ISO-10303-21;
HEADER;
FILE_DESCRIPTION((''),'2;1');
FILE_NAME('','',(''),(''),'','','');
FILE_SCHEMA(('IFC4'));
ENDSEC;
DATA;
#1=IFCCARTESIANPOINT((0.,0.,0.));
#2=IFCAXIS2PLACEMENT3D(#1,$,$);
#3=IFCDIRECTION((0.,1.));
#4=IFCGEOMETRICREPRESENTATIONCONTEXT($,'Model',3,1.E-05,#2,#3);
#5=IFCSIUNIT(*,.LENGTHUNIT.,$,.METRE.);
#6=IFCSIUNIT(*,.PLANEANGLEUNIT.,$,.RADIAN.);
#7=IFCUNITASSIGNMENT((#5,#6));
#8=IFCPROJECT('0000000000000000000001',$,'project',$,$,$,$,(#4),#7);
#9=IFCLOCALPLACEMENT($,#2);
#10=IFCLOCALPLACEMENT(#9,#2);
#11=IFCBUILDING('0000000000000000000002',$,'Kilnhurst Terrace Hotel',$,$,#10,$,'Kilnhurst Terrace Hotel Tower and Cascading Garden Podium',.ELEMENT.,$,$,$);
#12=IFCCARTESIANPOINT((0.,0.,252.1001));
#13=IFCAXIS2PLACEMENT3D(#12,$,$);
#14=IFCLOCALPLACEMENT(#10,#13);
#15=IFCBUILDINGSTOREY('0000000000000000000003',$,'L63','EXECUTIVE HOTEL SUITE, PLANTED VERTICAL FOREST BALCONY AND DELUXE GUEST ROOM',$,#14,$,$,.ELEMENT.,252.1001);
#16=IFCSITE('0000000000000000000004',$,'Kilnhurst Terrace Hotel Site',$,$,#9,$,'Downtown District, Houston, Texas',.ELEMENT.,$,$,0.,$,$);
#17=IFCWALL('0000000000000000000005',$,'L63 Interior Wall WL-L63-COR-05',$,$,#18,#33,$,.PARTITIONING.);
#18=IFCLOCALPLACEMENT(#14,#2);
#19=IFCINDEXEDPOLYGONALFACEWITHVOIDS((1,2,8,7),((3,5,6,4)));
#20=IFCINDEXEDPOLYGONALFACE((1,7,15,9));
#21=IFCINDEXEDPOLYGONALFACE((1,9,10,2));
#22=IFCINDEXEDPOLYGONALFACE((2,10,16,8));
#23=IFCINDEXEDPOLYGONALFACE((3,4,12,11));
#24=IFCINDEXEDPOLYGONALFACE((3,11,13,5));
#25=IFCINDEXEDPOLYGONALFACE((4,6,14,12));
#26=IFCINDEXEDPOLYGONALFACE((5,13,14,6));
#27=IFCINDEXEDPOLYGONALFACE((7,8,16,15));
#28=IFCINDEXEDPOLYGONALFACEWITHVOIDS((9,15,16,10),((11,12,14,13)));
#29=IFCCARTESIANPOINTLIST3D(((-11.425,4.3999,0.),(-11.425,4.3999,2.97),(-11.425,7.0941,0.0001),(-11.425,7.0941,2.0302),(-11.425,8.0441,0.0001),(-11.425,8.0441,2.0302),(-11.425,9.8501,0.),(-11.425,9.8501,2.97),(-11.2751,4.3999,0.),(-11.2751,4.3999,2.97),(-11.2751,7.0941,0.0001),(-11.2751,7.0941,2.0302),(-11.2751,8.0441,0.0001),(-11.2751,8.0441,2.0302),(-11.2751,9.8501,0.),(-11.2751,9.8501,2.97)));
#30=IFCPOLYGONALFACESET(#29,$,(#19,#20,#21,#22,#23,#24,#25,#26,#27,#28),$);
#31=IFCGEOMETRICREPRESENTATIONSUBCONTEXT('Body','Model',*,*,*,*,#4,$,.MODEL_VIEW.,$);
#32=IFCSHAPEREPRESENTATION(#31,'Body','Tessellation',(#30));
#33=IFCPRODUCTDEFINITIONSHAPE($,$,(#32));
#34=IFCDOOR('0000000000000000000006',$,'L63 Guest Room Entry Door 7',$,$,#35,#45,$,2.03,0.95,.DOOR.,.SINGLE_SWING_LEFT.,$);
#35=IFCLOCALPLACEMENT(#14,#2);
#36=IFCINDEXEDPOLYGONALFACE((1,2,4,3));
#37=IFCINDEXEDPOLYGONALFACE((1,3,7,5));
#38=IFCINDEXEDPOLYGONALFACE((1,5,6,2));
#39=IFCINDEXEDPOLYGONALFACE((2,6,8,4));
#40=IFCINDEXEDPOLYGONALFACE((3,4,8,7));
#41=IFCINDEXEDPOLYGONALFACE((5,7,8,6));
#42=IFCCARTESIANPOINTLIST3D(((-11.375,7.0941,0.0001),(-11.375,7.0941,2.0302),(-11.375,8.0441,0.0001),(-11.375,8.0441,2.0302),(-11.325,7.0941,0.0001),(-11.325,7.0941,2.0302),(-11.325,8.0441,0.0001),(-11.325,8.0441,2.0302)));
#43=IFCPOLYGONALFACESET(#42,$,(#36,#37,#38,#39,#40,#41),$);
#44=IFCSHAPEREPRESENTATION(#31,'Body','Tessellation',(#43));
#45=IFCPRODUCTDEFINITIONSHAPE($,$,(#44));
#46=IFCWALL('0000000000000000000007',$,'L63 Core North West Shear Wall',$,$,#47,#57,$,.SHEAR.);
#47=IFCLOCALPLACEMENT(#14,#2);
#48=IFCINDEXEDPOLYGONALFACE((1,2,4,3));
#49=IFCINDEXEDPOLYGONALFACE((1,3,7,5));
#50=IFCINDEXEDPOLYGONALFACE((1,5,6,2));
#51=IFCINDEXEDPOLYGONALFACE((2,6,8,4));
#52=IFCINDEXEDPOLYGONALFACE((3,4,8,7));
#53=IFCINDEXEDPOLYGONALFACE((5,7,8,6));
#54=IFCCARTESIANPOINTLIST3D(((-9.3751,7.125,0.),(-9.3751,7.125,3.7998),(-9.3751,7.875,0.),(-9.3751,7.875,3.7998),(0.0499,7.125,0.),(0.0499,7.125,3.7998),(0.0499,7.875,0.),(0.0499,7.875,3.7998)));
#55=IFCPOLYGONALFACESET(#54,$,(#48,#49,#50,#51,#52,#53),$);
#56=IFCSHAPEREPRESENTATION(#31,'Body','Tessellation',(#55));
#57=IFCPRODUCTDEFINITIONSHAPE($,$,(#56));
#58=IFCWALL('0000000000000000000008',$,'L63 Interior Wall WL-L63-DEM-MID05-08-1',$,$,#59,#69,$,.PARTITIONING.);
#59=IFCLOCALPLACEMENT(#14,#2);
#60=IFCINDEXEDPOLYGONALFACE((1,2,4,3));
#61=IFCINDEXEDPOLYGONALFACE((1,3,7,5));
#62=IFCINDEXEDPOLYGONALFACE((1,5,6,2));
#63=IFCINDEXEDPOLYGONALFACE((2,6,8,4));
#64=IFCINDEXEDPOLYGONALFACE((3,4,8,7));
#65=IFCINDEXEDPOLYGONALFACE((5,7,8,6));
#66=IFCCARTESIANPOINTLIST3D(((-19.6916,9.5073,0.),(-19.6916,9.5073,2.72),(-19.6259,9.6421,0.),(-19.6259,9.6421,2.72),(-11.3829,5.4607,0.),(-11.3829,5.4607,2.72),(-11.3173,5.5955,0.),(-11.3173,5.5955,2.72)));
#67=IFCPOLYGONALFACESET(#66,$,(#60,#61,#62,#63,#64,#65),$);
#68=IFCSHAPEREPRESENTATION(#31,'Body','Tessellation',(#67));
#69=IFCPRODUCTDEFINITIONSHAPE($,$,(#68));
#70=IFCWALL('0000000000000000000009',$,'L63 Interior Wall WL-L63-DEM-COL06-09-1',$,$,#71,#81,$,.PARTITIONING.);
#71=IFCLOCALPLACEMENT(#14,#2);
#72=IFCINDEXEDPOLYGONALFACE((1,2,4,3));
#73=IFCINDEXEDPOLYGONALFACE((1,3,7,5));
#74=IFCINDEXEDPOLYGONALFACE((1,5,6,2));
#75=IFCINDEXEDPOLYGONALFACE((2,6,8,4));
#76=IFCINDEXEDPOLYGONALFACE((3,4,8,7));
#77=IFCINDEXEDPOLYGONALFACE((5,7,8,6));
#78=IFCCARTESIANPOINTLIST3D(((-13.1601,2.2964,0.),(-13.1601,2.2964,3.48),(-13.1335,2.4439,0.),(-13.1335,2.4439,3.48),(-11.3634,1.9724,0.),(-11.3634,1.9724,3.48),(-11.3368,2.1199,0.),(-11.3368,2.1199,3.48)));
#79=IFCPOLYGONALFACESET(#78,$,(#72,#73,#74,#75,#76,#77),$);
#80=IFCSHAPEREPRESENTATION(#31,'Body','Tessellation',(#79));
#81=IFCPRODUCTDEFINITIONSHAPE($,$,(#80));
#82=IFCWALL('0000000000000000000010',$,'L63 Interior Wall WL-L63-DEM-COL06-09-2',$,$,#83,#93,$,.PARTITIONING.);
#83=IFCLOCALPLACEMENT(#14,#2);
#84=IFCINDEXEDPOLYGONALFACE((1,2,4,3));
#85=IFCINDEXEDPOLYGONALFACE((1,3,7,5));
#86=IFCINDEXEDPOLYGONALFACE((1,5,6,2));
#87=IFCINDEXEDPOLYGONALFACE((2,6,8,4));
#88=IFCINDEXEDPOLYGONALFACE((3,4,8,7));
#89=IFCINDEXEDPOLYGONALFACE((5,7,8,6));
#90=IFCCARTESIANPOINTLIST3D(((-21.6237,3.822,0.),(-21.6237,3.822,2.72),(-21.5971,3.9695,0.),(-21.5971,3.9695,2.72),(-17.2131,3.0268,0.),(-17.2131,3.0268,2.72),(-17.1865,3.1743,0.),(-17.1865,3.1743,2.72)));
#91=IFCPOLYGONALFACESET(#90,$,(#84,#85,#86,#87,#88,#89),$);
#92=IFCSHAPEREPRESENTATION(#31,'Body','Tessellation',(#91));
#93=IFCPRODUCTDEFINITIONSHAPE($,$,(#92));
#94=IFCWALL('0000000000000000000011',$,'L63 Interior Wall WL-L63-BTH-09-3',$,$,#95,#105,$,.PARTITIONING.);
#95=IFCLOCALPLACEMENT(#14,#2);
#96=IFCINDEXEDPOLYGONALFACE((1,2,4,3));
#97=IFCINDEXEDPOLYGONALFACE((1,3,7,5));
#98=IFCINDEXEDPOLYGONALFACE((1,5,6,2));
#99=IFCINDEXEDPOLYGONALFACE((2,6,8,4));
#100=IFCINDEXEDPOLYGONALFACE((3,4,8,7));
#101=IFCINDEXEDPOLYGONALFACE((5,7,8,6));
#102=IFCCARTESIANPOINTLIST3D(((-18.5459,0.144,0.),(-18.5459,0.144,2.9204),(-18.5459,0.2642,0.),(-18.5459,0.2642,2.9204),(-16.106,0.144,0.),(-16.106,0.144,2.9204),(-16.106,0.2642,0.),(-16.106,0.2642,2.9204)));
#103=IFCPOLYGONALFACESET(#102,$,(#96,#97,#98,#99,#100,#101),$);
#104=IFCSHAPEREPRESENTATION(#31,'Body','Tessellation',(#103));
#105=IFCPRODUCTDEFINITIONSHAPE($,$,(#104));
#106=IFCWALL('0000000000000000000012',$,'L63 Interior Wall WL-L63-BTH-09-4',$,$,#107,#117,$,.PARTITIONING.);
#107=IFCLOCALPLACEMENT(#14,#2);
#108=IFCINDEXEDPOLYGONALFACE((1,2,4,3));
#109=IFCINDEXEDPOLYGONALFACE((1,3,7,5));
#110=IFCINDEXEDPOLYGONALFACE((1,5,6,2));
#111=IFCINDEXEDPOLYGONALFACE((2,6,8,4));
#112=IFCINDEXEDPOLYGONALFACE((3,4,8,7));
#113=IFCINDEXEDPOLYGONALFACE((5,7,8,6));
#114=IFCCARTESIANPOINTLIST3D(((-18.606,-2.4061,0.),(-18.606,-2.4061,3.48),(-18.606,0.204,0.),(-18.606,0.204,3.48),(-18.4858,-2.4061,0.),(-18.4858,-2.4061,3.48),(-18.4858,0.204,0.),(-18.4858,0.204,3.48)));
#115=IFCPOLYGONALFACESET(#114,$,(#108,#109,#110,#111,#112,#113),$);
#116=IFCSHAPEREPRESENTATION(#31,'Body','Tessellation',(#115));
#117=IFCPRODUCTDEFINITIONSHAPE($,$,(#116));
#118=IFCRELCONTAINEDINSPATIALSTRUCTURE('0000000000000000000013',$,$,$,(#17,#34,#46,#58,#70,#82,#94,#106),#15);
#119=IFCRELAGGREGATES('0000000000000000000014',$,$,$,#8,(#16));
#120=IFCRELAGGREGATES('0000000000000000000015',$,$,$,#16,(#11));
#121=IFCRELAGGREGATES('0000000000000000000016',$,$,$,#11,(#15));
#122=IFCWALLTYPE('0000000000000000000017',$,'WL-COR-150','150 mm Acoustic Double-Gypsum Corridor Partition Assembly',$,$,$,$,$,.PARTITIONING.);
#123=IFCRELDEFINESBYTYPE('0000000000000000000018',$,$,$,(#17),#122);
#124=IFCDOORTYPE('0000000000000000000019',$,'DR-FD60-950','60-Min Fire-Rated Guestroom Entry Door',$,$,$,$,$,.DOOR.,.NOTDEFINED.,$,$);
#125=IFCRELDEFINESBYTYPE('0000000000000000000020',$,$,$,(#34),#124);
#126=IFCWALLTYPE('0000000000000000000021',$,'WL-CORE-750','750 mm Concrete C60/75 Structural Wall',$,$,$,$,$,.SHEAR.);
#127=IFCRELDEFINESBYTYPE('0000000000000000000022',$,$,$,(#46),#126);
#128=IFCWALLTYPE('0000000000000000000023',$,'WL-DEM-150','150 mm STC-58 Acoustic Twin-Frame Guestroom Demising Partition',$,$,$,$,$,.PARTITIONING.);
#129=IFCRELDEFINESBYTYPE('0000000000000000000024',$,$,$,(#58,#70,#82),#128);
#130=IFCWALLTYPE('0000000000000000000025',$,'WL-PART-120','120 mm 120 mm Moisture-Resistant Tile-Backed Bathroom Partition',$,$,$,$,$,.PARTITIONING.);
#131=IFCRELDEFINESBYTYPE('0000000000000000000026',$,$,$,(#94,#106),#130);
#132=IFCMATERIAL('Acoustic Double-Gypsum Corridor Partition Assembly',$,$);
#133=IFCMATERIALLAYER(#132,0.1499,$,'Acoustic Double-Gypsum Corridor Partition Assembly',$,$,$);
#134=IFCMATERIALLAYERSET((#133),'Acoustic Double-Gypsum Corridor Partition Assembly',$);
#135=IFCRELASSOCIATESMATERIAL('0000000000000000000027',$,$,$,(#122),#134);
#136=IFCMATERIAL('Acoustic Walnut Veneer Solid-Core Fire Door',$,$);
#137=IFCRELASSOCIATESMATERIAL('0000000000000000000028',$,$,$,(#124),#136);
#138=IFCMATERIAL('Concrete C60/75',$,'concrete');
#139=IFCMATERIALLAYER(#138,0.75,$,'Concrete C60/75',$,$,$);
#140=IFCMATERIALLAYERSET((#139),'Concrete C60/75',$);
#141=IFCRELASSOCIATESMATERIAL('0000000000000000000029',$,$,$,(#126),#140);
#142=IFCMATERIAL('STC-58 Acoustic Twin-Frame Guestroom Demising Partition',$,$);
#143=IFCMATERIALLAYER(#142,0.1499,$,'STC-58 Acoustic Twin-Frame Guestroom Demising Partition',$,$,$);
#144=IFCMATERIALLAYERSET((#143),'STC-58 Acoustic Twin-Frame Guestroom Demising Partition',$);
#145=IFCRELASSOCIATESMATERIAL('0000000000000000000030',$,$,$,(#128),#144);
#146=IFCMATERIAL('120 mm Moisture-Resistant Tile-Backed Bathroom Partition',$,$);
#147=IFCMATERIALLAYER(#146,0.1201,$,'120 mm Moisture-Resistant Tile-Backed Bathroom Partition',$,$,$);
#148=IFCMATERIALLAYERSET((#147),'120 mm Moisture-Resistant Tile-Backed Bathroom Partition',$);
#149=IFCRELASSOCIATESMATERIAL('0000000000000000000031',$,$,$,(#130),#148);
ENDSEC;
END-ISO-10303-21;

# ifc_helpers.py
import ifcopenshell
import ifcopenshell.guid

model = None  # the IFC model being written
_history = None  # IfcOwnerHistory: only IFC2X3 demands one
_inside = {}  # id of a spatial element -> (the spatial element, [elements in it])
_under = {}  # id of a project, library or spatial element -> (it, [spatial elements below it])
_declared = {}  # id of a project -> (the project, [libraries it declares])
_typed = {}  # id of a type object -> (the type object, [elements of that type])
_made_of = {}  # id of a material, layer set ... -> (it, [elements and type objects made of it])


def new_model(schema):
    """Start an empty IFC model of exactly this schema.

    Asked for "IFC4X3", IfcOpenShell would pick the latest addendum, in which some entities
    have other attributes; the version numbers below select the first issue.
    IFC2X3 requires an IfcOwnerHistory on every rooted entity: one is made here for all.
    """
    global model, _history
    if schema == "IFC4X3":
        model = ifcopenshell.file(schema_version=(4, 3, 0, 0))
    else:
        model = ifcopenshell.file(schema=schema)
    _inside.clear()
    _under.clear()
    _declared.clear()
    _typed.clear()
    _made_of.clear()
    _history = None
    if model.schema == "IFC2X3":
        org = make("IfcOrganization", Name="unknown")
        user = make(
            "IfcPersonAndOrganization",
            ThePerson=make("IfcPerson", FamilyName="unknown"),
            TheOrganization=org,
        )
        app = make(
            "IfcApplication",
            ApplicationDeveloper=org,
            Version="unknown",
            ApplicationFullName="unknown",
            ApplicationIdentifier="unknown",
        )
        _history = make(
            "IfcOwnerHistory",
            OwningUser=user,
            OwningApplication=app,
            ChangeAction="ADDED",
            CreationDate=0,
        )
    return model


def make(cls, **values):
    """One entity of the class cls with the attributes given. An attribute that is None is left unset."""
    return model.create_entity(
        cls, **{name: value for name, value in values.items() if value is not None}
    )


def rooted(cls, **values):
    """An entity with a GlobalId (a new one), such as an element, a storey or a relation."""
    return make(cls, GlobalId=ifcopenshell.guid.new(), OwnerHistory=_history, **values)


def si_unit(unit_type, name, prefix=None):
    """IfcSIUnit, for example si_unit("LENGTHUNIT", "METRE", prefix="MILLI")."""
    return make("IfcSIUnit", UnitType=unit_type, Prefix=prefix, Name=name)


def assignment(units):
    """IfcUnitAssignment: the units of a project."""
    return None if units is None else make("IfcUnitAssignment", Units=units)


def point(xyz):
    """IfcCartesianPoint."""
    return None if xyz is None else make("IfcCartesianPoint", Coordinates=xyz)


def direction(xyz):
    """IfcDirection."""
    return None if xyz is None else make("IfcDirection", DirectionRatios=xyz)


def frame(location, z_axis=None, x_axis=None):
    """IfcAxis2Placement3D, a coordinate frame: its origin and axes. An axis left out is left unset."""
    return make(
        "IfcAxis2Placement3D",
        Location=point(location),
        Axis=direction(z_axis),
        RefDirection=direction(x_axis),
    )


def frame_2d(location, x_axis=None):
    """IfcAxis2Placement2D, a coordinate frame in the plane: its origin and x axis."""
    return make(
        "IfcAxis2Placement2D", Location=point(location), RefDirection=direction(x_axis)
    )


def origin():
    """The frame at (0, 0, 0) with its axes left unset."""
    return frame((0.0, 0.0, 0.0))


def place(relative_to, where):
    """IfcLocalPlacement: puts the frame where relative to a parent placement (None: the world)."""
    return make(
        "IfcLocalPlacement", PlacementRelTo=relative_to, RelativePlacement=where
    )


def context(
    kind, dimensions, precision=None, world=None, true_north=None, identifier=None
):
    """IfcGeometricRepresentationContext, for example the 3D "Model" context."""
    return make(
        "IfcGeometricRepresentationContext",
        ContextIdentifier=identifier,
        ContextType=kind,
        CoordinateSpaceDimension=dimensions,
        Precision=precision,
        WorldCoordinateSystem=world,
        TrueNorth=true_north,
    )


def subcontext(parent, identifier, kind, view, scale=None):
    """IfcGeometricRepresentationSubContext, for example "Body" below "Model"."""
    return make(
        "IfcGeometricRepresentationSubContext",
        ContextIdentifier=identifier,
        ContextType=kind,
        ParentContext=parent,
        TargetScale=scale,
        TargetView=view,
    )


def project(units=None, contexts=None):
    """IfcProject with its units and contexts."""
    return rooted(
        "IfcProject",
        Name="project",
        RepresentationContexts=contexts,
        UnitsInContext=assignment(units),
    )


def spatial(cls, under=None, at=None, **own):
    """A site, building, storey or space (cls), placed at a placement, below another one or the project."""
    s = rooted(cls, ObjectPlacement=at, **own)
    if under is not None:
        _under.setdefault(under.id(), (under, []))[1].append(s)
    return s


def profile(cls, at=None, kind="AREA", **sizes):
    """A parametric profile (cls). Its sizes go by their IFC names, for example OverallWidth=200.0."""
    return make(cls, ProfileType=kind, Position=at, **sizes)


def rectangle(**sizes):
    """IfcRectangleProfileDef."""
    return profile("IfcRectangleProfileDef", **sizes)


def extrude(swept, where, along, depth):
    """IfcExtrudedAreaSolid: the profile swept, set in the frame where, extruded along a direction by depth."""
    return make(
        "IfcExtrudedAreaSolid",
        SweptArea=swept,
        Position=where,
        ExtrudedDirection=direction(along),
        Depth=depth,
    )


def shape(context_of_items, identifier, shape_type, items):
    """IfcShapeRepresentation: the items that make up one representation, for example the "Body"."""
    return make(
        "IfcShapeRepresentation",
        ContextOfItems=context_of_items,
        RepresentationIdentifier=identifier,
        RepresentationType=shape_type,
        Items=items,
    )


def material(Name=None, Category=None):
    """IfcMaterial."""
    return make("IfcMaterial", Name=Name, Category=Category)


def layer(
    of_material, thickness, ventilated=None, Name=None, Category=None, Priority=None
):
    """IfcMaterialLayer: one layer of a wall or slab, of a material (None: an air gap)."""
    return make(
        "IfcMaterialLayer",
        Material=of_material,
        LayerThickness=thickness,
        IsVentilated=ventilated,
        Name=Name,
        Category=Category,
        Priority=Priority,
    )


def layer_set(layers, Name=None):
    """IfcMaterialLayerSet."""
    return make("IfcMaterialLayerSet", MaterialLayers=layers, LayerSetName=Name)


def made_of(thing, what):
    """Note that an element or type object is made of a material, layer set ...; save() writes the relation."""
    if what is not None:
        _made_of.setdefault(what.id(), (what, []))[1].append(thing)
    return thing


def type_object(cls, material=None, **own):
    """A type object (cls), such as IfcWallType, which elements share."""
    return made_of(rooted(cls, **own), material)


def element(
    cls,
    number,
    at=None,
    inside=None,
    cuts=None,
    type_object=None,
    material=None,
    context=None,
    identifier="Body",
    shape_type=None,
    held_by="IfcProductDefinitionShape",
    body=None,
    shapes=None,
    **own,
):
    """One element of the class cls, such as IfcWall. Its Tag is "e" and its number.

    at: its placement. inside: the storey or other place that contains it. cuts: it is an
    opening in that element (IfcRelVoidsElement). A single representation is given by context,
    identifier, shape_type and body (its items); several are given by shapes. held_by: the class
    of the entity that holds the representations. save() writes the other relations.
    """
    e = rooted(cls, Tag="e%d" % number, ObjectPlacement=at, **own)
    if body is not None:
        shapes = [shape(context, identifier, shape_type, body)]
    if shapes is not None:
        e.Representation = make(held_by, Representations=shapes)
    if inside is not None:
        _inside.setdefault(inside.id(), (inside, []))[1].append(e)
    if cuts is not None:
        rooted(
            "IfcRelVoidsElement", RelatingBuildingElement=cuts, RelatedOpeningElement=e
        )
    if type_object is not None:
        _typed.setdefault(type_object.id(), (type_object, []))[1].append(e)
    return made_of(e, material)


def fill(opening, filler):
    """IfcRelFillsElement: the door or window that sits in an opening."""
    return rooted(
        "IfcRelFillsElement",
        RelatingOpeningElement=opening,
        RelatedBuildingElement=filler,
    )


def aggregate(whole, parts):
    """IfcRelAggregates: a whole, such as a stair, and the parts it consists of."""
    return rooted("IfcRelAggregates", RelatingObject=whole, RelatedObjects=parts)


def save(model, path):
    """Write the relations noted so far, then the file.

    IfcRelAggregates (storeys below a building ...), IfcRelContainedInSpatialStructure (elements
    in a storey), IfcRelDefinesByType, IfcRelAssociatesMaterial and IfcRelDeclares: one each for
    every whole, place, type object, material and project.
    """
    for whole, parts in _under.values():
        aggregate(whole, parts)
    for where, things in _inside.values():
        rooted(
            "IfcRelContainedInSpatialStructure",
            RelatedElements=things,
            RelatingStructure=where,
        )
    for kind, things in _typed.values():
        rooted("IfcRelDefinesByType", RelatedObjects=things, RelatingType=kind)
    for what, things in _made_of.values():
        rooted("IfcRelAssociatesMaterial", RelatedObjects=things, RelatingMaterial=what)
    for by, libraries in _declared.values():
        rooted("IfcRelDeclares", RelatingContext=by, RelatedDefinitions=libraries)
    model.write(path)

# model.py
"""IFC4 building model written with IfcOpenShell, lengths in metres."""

from ifc_helpers import new_model, si_unit, direction, frame, frame_2d, origin, place, context, subcontext, project, spatial, rectangle, extrude, material, layer, layer_set, type_object, element, fill, save


model = new_model("IFC4")

# Units and contexts
model_context = context("Model", 3, precision=1e-05, world=origin(), true_north=direction((0.0, 1.0)))
body_context = subcontext(model_context, "Body", "Model", "MODEL_VIEW")
ifc_project = project(units=[si_unit("LENGTHUNIT", "METRE"), si_unit("PLANEANGLEUNIT", "RADIAN")], contexts=[model_context])

# Site, building, storey
site_placement = place(None, origin())
site = spatial("IfcSite", under=ifc_project, at=site_placement, Name="Kilnhurst Terrace Hotel Site", LongName="Downtown District, Houston, Texas", CompositionType="ELEMENT", RefElevation=0.0)
building_placement = place(site_placement, origin())
building = spatial("IfcBuilding", under=site, at=building_placement, Name="Kilnhurst Terrace Hotel", LongName="Kilnhurst Terrace Hotel Tower and Cascading Garden Podium", CompositionType="ELEMENT")
storey_placement = place(building_placement, frame((0.0, 0.0, 252.1001)))
storey = spatial("IfcBuildingStorey", under=building, at=storey_placement, Name="L63", Description="EXECUTIVE HOTEL SUITE, PLANTED VERTICAL FOREST BALCONY AND DELUXE GUEST ROOM", CompositionType="ELEMENT", Elevation=252.1001)

# Shared definitions
ifc_material_1 = material(Name="Concrete C60/75", Category="concrete")

# Shared definitions
ifc_material_2 = material(Name="Acoustic Double-Gypsum Corridor Partition Assembly")
ifc_layer_1 = layer(ifc_material_2, 0.1499, Name="Acoustic Double-Gypsum Corridor Partition Assembly")
ifc_layer_set_1 = layer_set([ifc_layer_1], Name="Acoustic Double-Gypsum Corridor Partition Assembly")
wall_type_1 = type_object("IfcWallType", Name="WL-COR-150", Description="150 mm Acoustic Double-Gypsum Corridor Partition Assembly", PredefinedType="PARTITIONING", material=ifc_layer_set_1)

# Wall, opening, door
wall_1_placement = place(storey_placement, frame((-11.3501, 4.3999, 0.0), z_axis=(0.0, 0.0, 1.0), x_axis=(0.0, 1.0, 0.0)))
wall_1 = element("IfcWall", 1, at=wall_1_placement, inside=storey, type_object=wall_type_1, Name="L63 Interior Wall WL-L63-COR-05", PredefinedType="PARTITIONING", context=body_context, shape_type="SweptSolid", body=[
    extrude(rectangle(XDim=5.4502, YDim=0.1499, at=frame_2d((2.7251, 0.0))), origin(), (0.0, 0.0, 1.0), 2.97),
])
opening_1_placement = place(wall_1_placement, frame((2.6941, 0.0, 0.0)))
opening_1 = element("IfcOpeningElement", 2, at=opening_1_placement, cuts=wall_1, PredefinedType="OPENING", context=body_context, shape_type="SweptSolid", body=[
    extrude(rectangle(XDim=0.95, YDim=2.03, at=frame_2d((0.4751, 1.0151))), frame((0.0, 0.085, 0.0), z_axis=(0.0, -1.0, 0.0), x_axis=(1.0, 0.0, 0.0)), (0.0, 0.0, 1.0), 0.1699),
])
ifc_material_3 = material(Name="Acoustic Walnut Veneer Solid-Core Fire Door")
door_type_1 = type_object("IfcDoorType", Name="DR-FD60-950", Description="60-Min Fire-Rated Guestroom Entry Door", OperationType="NOTDEFINED", PredefinedType="DOOR", material=ifc_material_3)
door_1_placement = place(opening_1_placement, origin())
door_1 = element("IfcDoor", 3, at=door_1_placement, inside=storey, type_object=door_type_1, Name="L63 Guest Room Entry Door 7", OperationType="SINGLE_SWING_LEFT", OverallHeight=2.03, OverallWidth=0.95, PredefinedType="DOOR", context=body_context, shape_type="SweptSolid", body=[
    extrude(rectangle(XDim=0.95, YDim=2.03, at=frame_2d((0.4751, 1.0151))), frame((0.0, 0.0249, 0.0), z_axis=(0.0, -1.0, 0.0), x_axis=(1.0, 0.0, 0.0)), (0.0, 0.0, 1.0), 0.05),
])
fill(opening_1, door_1)

# Walls
ifc_layer_2 = layer(ifc_material_1, 0.75, Name="Concrete C60/75")
ifc_layer_set_2 = layer_set([ifc_layer_2], Name="Concrete C60/75")
wall_type_2 = type_object("IfcWallType", Name="WL-CORE-750", Description="750 mm Concrete C60/75 Structural Wall", PredefinedType="SHEAR", material=ifc_layer_set_2)
wall_2_placement = place(storey_placement, frame((-9.375, 7.5, 0.0), z_axis=(0.0, 0.0, 1.0), x_axis=(1.0, 0.0, 0.0)))
element("IfcWall", 4, at=wall_2_placement, inside=storey, type_object=wall_type_2, Name="L63 Core North West Shear Wall", PredefinedType="SHEAR", context=body_context, shape_type="SweptSolid", body=[
    extrude(rectangle(XDim=9.425, YDim=0.75, at=frame_2d((4.7124, 0.0))), origin(), (0.0, 0.0, 1.0), 3.7998),
])
ifc_material_4 = material(Name="STC-58 Acoustic Twin-Frame Guestroom Demising Partition")
ifc_layer_3 = layer(ifc_material_4, 0.1499, Name="STC-58 Acoustic Twin-Frame Guestroom Demising Partition")
ifc_layer_set_3 = layer_set([ifc_layer_3], Name="STC-58 Acoustic Twin-Frame Guestroom Demising Partition")
wall_type_3 = type_object("IfcWallType", Name="WL-DEM-150", Description="150 mm STC-58 Acoustic Twin-Frame Guestroom Demising Partition", PredefinedType="PARTITIONING", material=ifc_layer_set_3)
wall_3_placement = place(storey_placement, frame((-11.3501, 5.5281, 0.0), z_axis=(0.0, 0.0, 1.0), x_axis=(-0.899039, 0.437869, 0.0)))
element("IfcWall", 5, at=wall_3_placement, inside=storey, type_object=wall_type_3, Name="L63 Interior Wall WL-L63-DEM-MID05-08-1", PredefinedType="PARTITIONING", context=body_context, shape_type="SweptSolid", body=[
    extrude(rectangle(XDim=9.2417, YDim=0.1499, at=frame_2d((4.6208, 0.0))), origin(), (0.0, 0.0, 1.0), 2.72),
])
wall_4_placement = place(storey_placement, frame((-11.3501, 2.0461, 0.0), z_axis=(0.0, 0.0, 1.0), x_axis=(-0.984128, 0.177461, 0.0)))
element("IfcWall", 6, at=wall_4_placement, inside=storey, type_object=wall_type_3, Name="L63 Interior Wall WL-L63-DEM-COL06-09-1", PredefinedType="PARTITIONING", context=body_context, shape_type="SweptSolid", body=[
    extrude(rectangle(XDim=1.8257, YDim=0.1499, at=frame_2d((0.9128, 0.0))), origin(), (0.0, 0.0, 1.0), 3.48),
])
wall_5_placement = place(storey_placement, frame((-17.2, 3.1006, 0.0), z_axis=(0.0, 0.0, 1.0), x_axis=(-0.984135, 0.177423, 0.0)))
element("IfcWall", 7, at=wall_5_placement, inside=storey, type_object=wall_type_3, Name="L63 Interior Wall WL-L63-DEM-COL06-09-2", PredefinedType="PARTITIONING", context=body_context, shape_type="SweptSolid", body=[
    extrude(rectangle(XDim=4.4817, YDim=0.1499, at=frame_2d((2.2407, 0.0))), origin(), (0.0, 0.0, 1.0), 2.72),
])
ifc_material_5 = material(Name="120 mm Moisture-Resistant Tile-Backed Bathroom Partition")
ifc_layer_4 = layer(ifc_material_5, 0.1201, Name="120 mm Moisture-Resistant Tile-Backed Bathroom Partition")
ifc_layer_set_4 = layer_set([ifc_layer_4], Name="120 mm Moisture-Resistant Tile-Backed Bathroom Partition")
wall_type_4 = type_object("IfcWallType", Name="WL-PART-120", Description="120 mm 120 mm Moisture-Resistant Tile-Backed Bathroom Partition", PredefinedType="PARTITIONING", material=ifc_layer_set_4)
wall_6_placement = place(storey_placement, frame((-16.106, 0.2041, 0.0), z_axis=(0.0, 0.0, 1.0), x_axis=(-1.0, 0.0, 0.0)))
element("IfcWall", 8, at=wall_6_placement, inside=storey, type_object=wall_type_4, Name="L63 Interior Wall WL-L63-BTH-09-3", PredefinedType="PARTITIONING", context=body_context, shape_type="SweptSolid", body=[
    extrude(rectangle(XDim=2.4399, YDim=0.1201, at=frame_2d((1.22, 0.0))), origin(), (0.0, 0.0, 1.0), 2.9204),
])
wall_7_placement = place(storey_placement, frame((-18.5459, 0.2041, 0.0), z_axis=(0.0, 0.0, 1.0), x_axis=(0.0, -1.0, 0.0)))
element("IfcWall", 9, at=wall_7_placement, inside=storey, type_object=wall_type_4, Name="L63 Interior Wall WL-L63-BTH-09-4", PredefinedType="PARTITIONING", context=body_context, shape_type="SweptSolid", body=[
    extrude(rectangle(XDim=2.6101, YDim=0.1201, at=frame_2d((1.3052, 0.0))), origin(), (0.0, 0.0, 1.0), 3.48),
])

save(model, "model.ifc")
